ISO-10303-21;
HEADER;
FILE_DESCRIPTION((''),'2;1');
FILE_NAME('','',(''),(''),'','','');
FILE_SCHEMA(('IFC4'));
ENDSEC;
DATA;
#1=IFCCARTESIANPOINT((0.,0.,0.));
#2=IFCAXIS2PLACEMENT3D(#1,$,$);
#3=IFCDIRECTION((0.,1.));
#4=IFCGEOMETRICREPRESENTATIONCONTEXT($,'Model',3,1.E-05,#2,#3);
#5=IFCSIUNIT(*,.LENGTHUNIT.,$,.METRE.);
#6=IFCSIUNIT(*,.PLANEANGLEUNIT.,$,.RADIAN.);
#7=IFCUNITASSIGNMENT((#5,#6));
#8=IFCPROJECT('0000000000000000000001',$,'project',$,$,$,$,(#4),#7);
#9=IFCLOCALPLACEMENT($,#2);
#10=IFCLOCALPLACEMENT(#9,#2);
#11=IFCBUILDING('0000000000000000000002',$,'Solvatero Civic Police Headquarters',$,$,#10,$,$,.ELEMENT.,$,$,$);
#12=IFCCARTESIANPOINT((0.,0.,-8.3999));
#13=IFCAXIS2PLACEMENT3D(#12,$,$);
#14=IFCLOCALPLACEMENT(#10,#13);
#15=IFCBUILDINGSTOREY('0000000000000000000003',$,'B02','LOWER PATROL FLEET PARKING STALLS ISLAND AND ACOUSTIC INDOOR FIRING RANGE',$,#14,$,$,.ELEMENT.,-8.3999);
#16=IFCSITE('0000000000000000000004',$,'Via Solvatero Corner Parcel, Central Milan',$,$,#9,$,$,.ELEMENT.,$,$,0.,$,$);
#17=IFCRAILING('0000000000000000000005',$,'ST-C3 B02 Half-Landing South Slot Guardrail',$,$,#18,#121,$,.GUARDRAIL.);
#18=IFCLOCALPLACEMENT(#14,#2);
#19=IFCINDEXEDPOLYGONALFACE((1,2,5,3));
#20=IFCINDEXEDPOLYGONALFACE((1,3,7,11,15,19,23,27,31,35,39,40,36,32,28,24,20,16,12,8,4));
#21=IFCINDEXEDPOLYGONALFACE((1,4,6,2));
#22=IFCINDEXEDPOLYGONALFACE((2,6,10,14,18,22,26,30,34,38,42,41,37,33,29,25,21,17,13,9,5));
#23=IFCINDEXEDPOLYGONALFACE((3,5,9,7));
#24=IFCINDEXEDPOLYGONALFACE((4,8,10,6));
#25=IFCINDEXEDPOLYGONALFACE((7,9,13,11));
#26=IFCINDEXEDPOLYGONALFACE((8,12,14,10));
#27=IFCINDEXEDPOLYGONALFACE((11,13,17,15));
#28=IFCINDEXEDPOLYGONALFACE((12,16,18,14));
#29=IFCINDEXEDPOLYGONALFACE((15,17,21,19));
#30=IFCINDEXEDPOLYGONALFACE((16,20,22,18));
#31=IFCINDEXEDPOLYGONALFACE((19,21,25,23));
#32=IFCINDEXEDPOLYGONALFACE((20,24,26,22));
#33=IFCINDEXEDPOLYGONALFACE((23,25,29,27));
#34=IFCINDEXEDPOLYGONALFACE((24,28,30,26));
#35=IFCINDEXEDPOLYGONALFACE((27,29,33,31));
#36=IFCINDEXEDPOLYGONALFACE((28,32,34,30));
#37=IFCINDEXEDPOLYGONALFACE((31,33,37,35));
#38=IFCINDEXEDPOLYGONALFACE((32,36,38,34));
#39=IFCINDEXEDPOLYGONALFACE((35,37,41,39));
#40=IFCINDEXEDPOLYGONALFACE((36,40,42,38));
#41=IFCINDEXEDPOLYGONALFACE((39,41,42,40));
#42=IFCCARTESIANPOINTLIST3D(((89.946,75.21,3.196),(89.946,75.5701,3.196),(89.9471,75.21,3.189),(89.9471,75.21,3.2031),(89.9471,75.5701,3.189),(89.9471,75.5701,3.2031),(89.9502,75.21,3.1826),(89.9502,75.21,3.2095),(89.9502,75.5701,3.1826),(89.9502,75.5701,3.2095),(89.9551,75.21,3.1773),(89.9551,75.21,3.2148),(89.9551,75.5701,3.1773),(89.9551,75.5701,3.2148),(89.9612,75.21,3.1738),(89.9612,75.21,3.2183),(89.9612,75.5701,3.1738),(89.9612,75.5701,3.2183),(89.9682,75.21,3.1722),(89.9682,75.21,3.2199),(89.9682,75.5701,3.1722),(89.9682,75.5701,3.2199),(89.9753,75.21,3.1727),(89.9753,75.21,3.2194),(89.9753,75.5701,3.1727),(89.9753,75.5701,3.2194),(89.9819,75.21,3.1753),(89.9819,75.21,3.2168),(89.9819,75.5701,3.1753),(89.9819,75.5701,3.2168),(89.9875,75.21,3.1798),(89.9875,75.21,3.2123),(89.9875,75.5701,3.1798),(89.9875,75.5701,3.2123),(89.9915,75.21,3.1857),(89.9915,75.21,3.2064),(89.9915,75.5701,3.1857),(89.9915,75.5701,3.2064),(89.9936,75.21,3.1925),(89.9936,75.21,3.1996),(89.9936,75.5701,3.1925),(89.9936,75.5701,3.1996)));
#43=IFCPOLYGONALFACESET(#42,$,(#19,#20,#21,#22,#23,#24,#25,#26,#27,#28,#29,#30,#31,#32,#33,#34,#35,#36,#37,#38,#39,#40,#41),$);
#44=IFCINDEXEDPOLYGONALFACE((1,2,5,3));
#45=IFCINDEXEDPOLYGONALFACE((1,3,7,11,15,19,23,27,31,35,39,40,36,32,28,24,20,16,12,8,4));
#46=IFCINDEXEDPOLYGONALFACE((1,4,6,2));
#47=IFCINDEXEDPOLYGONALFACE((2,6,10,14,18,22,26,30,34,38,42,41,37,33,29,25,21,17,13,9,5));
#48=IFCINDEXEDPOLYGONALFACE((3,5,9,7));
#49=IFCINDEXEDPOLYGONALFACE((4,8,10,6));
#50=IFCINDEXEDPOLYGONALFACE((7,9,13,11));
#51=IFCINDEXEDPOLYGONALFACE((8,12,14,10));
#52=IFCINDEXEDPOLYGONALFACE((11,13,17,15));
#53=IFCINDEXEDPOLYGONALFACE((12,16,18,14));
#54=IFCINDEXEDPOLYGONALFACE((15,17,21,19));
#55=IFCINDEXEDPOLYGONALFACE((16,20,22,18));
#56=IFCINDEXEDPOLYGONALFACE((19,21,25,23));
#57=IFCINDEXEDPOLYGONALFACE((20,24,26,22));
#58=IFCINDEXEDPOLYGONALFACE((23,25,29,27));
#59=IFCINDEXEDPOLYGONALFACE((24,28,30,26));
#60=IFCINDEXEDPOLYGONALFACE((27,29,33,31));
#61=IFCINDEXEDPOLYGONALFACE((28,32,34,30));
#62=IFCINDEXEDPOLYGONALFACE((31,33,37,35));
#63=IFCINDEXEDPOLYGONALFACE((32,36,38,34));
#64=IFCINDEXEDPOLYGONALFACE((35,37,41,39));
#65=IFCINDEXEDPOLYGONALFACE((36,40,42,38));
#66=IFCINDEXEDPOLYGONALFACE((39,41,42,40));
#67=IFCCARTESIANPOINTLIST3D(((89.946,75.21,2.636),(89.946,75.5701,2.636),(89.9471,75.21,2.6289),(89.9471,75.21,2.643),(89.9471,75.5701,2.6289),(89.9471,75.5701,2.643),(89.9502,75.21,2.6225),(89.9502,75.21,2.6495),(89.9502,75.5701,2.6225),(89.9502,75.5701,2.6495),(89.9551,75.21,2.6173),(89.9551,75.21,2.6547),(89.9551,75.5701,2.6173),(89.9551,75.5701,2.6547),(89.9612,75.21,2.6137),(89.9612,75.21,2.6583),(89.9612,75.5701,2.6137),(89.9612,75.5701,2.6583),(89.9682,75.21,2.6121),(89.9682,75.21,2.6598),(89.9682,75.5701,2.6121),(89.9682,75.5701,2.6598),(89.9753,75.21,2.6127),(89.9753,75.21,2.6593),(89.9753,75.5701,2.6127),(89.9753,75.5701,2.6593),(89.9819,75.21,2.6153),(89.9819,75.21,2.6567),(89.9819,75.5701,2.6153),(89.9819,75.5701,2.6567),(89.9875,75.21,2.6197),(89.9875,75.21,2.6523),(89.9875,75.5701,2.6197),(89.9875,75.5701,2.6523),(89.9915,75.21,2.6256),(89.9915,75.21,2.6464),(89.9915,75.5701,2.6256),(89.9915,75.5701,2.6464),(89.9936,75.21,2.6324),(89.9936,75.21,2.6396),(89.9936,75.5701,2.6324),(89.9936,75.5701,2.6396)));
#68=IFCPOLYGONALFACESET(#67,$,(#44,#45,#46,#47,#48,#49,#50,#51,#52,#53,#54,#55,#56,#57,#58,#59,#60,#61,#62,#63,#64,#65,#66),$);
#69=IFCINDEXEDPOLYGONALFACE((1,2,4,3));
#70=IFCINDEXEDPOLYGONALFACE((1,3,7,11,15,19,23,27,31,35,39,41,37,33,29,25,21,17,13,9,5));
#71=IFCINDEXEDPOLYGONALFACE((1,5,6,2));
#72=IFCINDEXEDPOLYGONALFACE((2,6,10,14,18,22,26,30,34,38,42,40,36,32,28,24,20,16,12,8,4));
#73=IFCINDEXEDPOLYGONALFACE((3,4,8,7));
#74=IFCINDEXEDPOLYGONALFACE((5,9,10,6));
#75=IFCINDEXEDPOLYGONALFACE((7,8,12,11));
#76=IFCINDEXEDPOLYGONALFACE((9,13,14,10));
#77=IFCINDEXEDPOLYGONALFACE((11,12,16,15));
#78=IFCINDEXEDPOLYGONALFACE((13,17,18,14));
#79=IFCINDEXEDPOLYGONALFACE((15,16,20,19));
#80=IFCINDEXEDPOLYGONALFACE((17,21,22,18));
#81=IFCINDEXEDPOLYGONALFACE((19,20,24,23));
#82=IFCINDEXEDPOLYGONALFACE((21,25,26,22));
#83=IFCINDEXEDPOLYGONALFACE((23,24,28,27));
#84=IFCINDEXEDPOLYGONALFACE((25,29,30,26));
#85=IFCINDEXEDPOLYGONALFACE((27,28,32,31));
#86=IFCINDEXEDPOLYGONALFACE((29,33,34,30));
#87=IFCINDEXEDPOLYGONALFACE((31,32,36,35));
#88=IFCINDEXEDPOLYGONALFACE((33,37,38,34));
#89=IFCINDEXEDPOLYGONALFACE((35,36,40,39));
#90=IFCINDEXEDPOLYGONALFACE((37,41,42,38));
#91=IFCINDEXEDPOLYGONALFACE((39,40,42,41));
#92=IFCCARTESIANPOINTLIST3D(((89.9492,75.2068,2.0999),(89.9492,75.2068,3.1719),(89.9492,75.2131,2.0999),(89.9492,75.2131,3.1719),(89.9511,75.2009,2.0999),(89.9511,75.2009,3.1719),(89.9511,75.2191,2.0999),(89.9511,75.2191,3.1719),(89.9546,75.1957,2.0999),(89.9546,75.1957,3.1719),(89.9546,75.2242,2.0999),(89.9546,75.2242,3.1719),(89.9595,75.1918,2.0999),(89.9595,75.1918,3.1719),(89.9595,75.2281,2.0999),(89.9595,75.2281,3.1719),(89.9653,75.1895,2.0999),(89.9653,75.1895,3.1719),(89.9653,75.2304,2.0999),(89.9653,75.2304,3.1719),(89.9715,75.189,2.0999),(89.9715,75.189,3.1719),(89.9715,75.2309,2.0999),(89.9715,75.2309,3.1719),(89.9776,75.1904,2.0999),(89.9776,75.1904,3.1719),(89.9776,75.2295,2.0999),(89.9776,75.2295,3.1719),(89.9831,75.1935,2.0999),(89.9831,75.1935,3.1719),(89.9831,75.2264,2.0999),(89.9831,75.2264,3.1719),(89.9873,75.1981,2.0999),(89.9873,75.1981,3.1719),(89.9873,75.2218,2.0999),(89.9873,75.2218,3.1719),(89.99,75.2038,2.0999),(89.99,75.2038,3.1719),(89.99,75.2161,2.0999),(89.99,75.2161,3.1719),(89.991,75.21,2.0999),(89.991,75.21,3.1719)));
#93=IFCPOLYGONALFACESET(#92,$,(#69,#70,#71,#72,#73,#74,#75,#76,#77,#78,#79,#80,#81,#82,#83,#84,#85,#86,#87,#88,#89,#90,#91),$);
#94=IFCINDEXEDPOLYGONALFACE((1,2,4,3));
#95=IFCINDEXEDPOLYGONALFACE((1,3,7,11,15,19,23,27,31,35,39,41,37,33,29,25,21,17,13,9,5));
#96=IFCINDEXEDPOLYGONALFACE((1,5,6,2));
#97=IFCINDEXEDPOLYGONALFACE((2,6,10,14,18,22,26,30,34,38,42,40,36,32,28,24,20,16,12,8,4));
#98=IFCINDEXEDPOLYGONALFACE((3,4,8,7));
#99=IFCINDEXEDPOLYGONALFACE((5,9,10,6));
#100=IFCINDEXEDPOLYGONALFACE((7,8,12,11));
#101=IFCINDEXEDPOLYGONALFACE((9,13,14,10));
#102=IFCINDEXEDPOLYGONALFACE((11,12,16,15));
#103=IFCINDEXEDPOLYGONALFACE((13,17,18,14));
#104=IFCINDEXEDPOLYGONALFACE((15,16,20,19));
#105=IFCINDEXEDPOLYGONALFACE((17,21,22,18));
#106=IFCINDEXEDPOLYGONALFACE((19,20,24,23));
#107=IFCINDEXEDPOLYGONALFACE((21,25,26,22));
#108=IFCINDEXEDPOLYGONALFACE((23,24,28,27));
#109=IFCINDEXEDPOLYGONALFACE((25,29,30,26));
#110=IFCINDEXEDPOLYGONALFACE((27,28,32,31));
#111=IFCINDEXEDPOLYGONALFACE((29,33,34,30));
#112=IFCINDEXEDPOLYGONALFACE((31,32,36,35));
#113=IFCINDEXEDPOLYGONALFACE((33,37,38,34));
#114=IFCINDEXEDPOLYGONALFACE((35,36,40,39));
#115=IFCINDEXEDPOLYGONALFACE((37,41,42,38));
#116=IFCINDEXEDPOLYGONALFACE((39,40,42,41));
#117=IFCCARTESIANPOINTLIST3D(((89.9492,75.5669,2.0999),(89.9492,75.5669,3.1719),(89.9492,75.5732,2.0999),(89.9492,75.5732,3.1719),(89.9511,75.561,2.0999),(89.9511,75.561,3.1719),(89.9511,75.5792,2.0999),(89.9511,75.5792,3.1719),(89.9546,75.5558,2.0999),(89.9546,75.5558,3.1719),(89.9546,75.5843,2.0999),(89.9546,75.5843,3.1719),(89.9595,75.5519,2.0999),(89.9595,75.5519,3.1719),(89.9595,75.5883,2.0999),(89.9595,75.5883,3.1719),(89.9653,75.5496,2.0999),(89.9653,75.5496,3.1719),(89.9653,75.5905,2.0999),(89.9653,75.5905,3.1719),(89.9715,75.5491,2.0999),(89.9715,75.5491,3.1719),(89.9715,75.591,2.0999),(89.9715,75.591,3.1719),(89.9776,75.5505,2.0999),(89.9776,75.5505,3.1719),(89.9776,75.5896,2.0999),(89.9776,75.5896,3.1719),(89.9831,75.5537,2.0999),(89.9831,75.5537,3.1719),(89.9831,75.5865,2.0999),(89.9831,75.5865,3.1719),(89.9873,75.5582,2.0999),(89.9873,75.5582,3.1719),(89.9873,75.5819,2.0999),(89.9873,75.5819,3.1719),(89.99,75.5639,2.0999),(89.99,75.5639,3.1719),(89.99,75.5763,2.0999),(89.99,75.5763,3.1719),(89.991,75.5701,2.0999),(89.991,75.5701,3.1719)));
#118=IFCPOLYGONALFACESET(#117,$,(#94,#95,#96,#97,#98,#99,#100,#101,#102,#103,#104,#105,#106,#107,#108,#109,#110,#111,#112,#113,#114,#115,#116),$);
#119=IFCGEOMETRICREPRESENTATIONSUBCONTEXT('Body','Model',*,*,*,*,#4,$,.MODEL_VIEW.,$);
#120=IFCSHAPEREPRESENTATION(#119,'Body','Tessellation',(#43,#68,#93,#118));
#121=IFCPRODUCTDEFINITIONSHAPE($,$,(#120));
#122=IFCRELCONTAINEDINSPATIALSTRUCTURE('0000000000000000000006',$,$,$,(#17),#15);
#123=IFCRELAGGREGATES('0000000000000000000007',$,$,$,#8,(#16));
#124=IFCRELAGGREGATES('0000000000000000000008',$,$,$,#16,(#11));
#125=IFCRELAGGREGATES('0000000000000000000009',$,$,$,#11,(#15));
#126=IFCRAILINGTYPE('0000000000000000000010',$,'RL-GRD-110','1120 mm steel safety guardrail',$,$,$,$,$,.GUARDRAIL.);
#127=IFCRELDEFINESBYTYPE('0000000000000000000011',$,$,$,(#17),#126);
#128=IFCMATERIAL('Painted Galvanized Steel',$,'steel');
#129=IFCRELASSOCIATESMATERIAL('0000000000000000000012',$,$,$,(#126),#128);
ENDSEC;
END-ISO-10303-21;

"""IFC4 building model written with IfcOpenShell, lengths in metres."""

from ifc_helpers import new_model, si_unit, direction, frame, origin, origin_2d, place, context, subcontext, project, spatial, circle, extrude, material, type_object, element, save


model = new_model("IFC4")

# Units and contexts
model_context = context("Model", 3, precision=1e-05, world=origin(), true_north=direction((0.0, 1.0)))
body_context = subcontext(model_context, "Body", "Model", "MODEL_VIEW")
ifc_project = project(units=[si_unit("LENGTHUNIT", "METRE"), si_unit("PLANEANGLEUNIT", "RADIAN")], contexts=[model_context])

# Site, building, storey
site_placement = place(None, origin())
site = spatial("IfcSite", under=ifc_project, at=site_placement, Name="Via Solvatero Corner Parcel, Central Milan", CompositionType="ELEMENT", RefElevation=0.0)
building_placement = place(site_placement, origin())
building = spatial("IfcBuilding", under=site, at=building_placement, Name="Solvatero Civic Police Headquarters", CompositionType="ELEMENT")
storey_placement = place(building_placement, frame((0.0, 0.0, -8.3999)))
storey = spatial("IfcBuildingStorey", under=building, at=storey_placement, Name="B02", Description="LOWER PATROL FLEET PARKING STALLS ISLAND AND ACOUSTIC INDOOR FIRING RANGE", CompositionType="ELEMENT", Elevation=-8.3999)

# Railing
ifc_material_1 = material(Name="Painted Galvanized Steel", Category="steel")
railing_type = type_object("IfcRailingType", Name="RL-GRD-110", Description="1120 mm steel safety guardrail", PredefinedType="GUARDRAIL", material=ifc_material_1)
railing_placement = place(storey_placement, frame((89.97, 75.21, 2.0999)))
element("IfcRailing", 1, at=railing_placement, inside=storey, type_object=railing_type, Name="ST-C3 B02 Half-Landing South Slot Guardrail", PredefinedType="GUARDRAIL", context=body_context, shape_type="SweptSolid", body=[
    extrude(circle(Radius=0.0239, at=origin_2d()), frame((0.0, 0.0, 1.0962), z_axis=(0.0, 1.0, 0.0), x_axis=(-1.0, 0.0, 0.0)), (0.0, 0.0, 1.0), 0.3601),
    extrude(circle(Radius=0.0239, at=origin_2d()), frame((0.0, 0.0, 0.5361), z_axis=(0.0, 1.0, 0.0), x_axis=(-1.0, 0.0, 0.0)), (0.0, 0.0, 1.0), 0.3601),
    extrude(circle(Radius=0.021, at=origin_2d()), origin(), (0.0, 0.0, 1.0), 1.072),
    extrude(circle(Radius=0.021, at=origin_2d()), frame((0.0, 0.3601, 0.0)), (0.0, 0.0, 1.0), 1.072),
])

save(model, "model.ifc")
